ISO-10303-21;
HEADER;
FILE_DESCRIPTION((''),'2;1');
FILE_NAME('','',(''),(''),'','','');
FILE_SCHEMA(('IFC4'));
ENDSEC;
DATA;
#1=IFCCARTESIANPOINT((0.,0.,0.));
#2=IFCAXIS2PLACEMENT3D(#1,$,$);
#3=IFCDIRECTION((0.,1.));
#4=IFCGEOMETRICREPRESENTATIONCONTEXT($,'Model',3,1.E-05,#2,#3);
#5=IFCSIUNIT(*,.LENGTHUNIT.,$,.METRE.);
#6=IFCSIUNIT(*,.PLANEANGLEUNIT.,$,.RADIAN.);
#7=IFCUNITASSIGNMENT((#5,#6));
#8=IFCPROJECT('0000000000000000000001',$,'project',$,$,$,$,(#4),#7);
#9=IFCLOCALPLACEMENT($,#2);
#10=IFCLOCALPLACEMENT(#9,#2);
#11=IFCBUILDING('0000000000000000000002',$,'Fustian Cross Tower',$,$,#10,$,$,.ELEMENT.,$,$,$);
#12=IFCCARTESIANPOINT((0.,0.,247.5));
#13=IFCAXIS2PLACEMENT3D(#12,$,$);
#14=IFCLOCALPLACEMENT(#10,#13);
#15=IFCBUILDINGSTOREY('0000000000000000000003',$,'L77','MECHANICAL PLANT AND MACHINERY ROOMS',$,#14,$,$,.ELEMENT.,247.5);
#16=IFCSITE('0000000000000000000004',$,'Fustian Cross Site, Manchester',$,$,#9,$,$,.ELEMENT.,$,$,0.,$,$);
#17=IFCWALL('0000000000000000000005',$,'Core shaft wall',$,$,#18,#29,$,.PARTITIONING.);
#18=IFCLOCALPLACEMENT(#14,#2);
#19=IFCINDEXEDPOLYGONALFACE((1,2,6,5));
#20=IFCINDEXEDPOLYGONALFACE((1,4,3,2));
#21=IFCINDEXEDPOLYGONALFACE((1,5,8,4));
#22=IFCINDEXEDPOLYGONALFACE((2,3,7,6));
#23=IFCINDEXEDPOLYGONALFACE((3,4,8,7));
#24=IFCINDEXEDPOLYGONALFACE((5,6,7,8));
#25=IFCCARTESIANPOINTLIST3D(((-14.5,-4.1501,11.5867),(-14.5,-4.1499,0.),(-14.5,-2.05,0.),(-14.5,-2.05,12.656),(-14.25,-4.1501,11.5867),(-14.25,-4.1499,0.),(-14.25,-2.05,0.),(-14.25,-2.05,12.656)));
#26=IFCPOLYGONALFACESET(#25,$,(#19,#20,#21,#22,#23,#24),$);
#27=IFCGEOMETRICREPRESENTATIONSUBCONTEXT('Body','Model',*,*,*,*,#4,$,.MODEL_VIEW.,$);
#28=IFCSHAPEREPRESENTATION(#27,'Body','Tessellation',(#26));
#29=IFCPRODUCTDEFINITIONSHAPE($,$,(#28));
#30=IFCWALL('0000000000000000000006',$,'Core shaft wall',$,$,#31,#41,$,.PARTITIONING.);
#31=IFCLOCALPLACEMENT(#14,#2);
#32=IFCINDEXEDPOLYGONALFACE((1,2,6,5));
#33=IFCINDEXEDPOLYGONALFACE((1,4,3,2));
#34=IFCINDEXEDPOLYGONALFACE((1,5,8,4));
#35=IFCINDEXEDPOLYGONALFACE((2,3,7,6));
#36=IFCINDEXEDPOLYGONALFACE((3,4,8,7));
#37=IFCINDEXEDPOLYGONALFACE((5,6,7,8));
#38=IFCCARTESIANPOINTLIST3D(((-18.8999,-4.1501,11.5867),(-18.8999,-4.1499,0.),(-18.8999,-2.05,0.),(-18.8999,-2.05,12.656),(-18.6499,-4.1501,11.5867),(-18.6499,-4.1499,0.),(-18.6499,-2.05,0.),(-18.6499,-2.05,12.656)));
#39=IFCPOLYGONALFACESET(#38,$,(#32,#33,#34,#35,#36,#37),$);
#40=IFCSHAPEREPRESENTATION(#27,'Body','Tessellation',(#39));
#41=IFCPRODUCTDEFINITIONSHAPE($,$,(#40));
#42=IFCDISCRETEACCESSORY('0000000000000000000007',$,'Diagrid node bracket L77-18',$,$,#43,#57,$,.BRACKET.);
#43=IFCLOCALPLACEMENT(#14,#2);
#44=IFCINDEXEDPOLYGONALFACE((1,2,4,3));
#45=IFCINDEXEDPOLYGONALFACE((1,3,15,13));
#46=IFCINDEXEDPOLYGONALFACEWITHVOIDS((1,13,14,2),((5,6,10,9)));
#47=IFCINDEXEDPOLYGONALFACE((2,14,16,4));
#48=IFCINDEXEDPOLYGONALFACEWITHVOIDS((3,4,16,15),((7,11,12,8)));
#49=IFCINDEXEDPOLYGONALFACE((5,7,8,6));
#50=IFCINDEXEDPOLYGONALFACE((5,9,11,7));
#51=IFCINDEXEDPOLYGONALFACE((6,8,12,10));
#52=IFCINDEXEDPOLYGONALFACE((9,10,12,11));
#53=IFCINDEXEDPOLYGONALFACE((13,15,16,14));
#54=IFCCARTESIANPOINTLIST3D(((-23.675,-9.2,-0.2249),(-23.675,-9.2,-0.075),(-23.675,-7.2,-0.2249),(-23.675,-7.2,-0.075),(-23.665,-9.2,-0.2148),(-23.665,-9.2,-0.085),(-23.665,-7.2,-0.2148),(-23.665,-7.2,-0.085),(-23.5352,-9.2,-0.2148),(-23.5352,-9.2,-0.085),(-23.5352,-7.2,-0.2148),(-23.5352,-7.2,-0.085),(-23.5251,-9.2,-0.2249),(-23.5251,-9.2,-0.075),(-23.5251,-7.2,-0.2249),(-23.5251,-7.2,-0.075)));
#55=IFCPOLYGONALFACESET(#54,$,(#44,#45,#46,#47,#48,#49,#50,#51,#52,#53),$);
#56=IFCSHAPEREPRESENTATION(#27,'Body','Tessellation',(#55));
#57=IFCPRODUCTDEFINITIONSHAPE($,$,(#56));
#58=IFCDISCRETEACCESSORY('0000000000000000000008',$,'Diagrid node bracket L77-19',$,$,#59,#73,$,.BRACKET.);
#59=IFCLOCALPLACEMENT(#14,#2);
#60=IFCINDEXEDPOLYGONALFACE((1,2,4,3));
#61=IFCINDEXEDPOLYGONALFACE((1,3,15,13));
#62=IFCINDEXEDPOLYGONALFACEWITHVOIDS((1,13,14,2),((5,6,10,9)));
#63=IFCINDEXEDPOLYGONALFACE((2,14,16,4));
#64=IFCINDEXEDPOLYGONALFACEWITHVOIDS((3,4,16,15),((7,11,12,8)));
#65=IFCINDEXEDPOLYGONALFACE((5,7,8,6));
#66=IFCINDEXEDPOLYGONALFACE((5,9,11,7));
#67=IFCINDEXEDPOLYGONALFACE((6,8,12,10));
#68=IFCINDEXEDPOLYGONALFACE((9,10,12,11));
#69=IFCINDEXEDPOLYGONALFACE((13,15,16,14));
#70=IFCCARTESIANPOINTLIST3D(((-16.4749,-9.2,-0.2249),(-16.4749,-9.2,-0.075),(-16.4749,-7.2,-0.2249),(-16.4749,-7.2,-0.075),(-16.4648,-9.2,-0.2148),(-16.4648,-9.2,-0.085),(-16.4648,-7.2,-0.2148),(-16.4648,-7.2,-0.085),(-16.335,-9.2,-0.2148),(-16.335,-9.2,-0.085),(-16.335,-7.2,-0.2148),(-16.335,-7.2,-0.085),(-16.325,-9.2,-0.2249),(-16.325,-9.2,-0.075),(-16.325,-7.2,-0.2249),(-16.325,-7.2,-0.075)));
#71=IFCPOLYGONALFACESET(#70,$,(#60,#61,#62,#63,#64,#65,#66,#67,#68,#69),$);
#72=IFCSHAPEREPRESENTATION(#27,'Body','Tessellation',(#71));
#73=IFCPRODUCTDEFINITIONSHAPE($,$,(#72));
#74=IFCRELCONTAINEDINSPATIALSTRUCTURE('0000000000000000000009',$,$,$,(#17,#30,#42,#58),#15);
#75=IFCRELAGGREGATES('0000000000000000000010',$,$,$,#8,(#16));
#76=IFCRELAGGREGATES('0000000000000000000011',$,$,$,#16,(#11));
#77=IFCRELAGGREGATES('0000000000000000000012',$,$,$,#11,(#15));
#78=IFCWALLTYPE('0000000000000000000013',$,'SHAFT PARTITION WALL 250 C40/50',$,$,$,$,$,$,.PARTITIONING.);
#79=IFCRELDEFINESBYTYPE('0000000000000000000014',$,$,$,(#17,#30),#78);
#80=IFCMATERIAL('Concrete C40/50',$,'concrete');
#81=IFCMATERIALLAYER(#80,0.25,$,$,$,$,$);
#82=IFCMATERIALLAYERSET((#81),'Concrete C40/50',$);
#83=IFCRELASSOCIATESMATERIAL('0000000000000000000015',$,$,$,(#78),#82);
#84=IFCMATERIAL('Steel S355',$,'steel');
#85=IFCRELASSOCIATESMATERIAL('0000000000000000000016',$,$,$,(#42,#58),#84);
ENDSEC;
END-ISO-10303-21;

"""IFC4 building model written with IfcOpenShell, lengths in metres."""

from ifc_helpers import new_model, si_unit, direction, frame, origin, origin_2d, place, context, subcontext, project, spatial, polyline, hollow_rectangle, outline, extrude, material, layer, layer_set, type_object, element, save


model = new_model("IFC4")

# Units and contexts
model_context = context("Model", 3, precision=1e-05, world=origin(), true_north=direction((0.0, 1.0)))
body_context = subcontext(model_context, "Body", "Model", "MODEL_VIEW")
ifc_project = project(units=[si_unit("LENGTHUNIT", "METRE"), si_unit("PLANEANGLEUNIT", "RADIAN")], contexts=[model_context])

# Site, building, storey
site_placement = place(None, origin())
site = spatial("IfcSite", under=ifc_project, at=site_placement, Name="Fustian Cross Site, Manchester", CompositionType="ELEMENT", RefElevation=0.0)
building_placement = place(site_placement, origin())
building = spatial("IfcBuilding", under=site, at=building_placement, Name="Fustian Cross Tower", CompositionType="ELEMENT")
storey_placement = place(building_placement, frame((0.0, 0.0, 247.5)))
storey = spatial("IfcBuildingStorey", under=building, at=storey_placement, Name="L77", Description="MECHANICAL PLANT AND MACHINERY ROOMS", CompositionType="ELEMENT", Elevation=247.5)

# Walls
ifc_material_1 = material(Name="Concrete C40/50", Category="concrete")
ifc_layer_1 = layer(ifc_material_1, 0.25)
ifc_layer_set_1 = layer_set([ifc_layer_1], Name="Concrete C40/50")
wall_type_1 = type_object("IfcWallType", Name="SHAFT PARTITION WALL 250 C40/50", PredefinedType="PARTITIONING", material=ifc_layer_set_1)
for number, where, z_axis, x_axis, name in (
    (1, (-14.375, -2.05, 0.0), (0.0, 0.0, 1.0), (0.0, -1.0, 0.0), "Core shaft wall"),
    (2, (-18.7749, -2.05, 0.0), (0.0, 0.0, 1.0), (0.0, -1.0, 0.0), "Core shaft wall"),
):
    element("IfcWall", number, at=place(storey_placement, frame(where, z_axis=z_axis, x_axis=x_axis)), inside=storey, type_object=wall_type_1, Name=name, PredefinedType="PARTITIONING", context=body_context, shape_type="SweptSolid", body=[
        extrude(outline(polyline([(0.0, 0.0), (2.0999, 0.0), (2.1001, 11.5867), (0.0, 12.656), (0.0, 0.0)])), frame((0.0, 0.125, 0.0), z_axis=(0.0, -1.0, 0.0), x_axis=(1.0, 0.0, 0.0)), (0.0, 0.0, 1.0), 0.25),
    ])

# Discrete accessories
ifc_material_2 = material(Name="Steel S355", Category="steel")
for number, where, z_axis, x_axis, name in (
    (3, (-23.6001, -9.2, -0.1499), (0.0, 1.0, 0.0), (-1.0, 0.0, 0.0), "Diagrid node bracket L77-18"),
    (4, (-16.3999, -9.2, -0.1499), (0.0, 1.0, 0.0), (-1.0, 0.0, 0.0), "Diagrid node bracket L77-19"),
):
    element("IfcDiscreteAccessory", number, at=place(storey_placement, frame(where, z_axis=z_axis, x_axis=x_axis)), inside=storey, material=ifc_material_2, Name=name, PredefinedType="BRACKET", context=body_context, shape_type="SweptSolid", body=[
        extrude(hollow_rectangle(XDim=0.1499, YDim=0.1499, WallThickness=0.01, at=origin_2d()), origin(), (0.0, 0.0, 1.0), 2.0),
    ])

save(model, "model.ifc")
